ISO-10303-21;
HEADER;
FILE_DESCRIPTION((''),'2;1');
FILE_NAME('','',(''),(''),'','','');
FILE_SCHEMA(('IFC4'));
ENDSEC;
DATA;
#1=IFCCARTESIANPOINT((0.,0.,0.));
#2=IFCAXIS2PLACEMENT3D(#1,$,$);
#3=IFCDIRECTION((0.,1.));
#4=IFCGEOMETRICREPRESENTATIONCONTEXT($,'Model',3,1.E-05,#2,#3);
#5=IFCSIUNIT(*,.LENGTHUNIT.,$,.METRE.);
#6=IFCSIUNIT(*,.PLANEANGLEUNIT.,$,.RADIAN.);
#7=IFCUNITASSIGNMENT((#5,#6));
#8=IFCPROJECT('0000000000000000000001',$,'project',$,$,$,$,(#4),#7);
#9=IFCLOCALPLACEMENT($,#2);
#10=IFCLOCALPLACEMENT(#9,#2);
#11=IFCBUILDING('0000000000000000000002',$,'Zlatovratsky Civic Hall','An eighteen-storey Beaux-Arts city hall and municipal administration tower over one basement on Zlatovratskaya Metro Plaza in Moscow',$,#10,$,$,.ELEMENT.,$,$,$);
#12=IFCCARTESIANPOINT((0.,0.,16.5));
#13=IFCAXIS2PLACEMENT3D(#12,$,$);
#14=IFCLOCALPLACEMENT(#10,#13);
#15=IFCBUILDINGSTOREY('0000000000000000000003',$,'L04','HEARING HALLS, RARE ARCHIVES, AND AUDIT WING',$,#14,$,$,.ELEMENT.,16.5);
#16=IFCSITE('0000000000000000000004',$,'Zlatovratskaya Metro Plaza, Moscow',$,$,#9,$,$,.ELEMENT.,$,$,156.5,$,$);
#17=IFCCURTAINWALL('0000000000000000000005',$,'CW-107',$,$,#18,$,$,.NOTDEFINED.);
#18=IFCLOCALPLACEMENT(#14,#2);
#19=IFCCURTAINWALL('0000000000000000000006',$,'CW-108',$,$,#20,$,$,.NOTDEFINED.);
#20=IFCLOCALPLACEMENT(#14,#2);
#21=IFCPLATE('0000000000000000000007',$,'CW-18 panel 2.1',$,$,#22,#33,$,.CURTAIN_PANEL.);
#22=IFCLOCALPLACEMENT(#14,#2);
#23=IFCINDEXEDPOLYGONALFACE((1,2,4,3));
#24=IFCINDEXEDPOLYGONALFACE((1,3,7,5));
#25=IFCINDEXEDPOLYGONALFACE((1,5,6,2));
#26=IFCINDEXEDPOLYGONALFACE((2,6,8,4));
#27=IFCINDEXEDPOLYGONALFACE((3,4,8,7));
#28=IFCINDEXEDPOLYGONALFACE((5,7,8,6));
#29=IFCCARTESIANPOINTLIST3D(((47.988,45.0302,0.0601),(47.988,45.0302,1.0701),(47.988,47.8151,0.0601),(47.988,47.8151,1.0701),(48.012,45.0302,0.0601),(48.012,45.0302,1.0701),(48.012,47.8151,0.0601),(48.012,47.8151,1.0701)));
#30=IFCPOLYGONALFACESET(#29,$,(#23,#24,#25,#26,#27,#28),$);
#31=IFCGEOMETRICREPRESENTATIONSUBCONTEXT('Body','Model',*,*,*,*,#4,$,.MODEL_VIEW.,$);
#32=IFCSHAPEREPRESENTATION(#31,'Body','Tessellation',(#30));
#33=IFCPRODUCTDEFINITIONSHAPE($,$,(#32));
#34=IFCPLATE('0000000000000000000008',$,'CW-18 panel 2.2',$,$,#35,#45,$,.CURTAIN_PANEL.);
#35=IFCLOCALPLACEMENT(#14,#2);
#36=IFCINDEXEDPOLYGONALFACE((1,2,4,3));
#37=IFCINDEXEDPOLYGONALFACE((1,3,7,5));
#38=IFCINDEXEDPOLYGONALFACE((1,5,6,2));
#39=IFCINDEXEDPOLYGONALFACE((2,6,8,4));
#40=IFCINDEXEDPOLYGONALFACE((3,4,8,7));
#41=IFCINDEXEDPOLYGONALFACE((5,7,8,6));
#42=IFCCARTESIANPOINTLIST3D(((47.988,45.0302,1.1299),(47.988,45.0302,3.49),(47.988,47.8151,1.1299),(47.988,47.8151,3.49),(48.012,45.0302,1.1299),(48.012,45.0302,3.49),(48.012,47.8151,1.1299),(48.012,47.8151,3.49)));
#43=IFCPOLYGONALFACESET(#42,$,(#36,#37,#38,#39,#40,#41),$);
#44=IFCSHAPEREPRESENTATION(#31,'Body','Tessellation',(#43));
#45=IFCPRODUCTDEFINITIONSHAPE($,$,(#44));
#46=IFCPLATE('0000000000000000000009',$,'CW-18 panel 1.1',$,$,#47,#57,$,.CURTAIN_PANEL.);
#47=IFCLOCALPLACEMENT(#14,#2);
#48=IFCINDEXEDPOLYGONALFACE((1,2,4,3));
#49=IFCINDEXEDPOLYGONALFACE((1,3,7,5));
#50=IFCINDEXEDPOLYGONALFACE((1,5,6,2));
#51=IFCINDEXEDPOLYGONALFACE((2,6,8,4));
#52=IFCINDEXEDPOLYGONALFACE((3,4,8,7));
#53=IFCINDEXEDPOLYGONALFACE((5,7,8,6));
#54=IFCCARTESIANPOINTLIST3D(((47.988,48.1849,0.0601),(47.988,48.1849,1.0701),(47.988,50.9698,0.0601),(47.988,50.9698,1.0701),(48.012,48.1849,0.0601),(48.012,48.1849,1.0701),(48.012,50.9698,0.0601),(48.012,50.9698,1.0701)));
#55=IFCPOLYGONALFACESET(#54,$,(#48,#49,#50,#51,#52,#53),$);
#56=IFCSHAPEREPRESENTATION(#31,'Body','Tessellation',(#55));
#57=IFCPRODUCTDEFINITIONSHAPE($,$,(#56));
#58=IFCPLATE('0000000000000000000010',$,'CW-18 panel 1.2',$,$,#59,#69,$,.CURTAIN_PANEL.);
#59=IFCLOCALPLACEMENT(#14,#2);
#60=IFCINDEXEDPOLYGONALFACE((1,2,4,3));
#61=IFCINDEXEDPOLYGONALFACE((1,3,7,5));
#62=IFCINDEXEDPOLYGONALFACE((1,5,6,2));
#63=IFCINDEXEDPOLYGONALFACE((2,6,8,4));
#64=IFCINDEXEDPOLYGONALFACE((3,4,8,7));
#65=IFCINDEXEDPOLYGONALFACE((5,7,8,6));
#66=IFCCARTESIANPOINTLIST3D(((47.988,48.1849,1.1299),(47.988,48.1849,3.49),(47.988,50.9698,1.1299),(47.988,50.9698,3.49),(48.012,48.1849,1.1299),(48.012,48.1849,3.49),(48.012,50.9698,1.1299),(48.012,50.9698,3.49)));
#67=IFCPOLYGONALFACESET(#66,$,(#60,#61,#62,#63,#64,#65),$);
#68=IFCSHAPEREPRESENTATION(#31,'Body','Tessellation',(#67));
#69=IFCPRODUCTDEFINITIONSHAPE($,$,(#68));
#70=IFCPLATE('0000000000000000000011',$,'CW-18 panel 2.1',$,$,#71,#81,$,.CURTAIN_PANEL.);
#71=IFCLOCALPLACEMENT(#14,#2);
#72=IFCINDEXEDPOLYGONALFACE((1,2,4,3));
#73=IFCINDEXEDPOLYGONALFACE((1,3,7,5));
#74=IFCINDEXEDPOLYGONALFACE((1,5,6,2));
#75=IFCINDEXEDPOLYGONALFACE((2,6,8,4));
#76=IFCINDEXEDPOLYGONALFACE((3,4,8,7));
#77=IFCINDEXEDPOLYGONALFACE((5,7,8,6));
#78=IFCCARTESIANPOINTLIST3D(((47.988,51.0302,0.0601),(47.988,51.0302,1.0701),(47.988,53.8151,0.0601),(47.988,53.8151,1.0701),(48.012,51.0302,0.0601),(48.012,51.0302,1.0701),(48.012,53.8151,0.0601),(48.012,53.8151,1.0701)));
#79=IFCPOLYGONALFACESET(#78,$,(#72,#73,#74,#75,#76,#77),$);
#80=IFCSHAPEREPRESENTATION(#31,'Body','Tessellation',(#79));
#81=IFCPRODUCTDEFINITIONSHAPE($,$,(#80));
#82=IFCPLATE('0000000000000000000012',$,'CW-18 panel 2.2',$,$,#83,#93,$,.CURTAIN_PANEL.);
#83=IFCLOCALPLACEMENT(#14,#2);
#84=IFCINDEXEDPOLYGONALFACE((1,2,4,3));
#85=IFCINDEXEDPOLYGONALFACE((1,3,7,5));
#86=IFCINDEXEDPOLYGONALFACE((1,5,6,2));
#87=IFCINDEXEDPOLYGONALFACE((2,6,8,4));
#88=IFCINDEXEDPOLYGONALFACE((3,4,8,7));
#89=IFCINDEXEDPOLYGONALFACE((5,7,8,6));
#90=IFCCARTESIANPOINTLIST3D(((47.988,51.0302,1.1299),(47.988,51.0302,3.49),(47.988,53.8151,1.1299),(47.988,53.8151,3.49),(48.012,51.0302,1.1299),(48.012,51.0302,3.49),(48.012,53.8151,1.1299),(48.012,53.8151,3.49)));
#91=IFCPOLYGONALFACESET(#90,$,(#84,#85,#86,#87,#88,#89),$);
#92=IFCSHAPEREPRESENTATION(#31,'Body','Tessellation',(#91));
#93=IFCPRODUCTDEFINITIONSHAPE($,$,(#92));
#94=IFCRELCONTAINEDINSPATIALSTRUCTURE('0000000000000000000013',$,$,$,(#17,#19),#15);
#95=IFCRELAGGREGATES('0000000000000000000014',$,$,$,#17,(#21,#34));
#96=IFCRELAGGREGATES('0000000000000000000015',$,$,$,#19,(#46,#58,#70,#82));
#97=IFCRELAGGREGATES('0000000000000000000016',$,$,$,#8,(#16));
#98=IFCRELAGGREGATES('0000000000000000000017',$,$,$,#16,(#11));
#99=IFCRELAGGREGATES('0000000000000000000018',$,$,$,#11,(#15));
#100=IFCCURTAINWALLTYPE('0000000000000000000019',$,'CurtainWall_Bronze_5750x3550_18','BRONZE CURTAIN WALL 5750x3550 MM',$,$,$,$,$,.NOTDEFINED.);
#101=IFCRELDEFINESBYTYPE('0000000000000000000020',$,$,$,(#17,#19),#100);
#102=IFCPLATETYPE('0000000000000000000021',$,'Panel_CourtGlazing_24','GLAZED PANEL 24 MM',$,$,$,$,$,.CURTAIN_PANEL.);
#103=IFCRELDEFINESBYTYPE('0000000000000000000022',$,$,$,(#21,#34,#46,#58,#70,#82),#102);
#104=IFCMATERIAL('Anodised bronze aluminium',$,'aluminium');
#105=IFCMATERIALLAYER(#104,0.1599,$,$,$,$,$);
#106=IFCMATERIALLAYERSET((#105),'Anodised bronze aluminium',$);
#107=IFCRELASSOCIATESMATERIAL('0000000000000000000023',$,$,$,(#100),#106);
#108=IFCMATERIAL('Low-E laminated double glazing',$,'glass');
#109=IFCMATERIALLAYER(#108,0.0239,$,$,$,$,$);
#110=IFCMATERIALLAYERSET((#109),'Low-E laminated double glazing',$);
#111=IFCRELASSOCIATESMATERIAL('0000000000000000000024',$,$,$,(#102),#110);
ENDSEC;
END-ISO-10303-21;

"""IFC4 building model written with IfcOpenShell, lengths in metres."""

from ifc_helpers import new_model, si_unit, direction, frame, origin, origin_2d, place, context, subcontext, project, spatial, rectangle, extrude, material, layer, layer_set, type_object, element, aggregate, save


model = new_model("IFC4")

# Units and contexts
model_context = context("Model", 3, precision=1e-05, world=origin(), true_north=direction((0.0, 1.0)))
body_context = subcontext(model_context, "Body", "Model", "MODEL_VIEW")
ifc_project = project(units=[si_unit("LENGTHUNIT", "METRE"), si_unit("PLANEANGLEUNIT", "RADIAN")], contexts=[model_context])

# Site, building, storey
site_placement = place(None, origin())
site = spatial("IfcSite", under=ifc_project, at=site_placement, Name="Zlatovratskaya Metro Plaza, Moscow", CompositionType="ELEMENT", RefElevation=156.5)
building_placement = place(site_placement, origin())
building = spatial("IfcBuilding", under=site, at=building_placement, Name="Zlatovratsky Civic Hall", Description="An eighteen-storey Beaux-Arts city hall and municipal administration tower over one basement on Zlatovratskaya Metro Plaza in Moscow", CompositionType="ELEMENT")
storey_placement = place(building_placement, frame((0.0, 0.0, 16.5)))
storey = spatial("IfcBuildingStorey", under=building, at=storey_placement, Name="L04", Description="HEARING HALLS, RARE ARCHIVES, AND AUDIT WING", CompositionType="ELEMENT", Elevation=16.5)

# Curtain walls
ifc_material_1 = material(Name="Anodised bronze aluminium", Category="aluminium")
ifc_layer_1 = layer(ifc_material_1, 0.1599)
ifc_layer_set_1 = layer_set([ifc_layer_1], Name="Anodised bronze aluminium")
curtain_wall_type = type_object("IfcCurtainWallType", Name="CurtainWall_Bronze_5750x3550_18", Description="BRONZE CURTAIN WALL 5750x3550 MM", PredefinedType="NOTDEFINED", material=ifc_layer_set_1)
curtain_wall_1_placement = place(storey_placement, origin())
curtain_wall_1 = element("IfcCurtainWall", 1, at=curtain_wall_1_placement, inside=storey, type_object=curtain_wall_type, Name="CW-107", PredefinedType="NOTDEFINED")
curtain_wall_2_placement = place(storey_placement, origin())
curtain_wall_2 = element("IfcCurtainWall", 2, at=curtain_wall_2_placement, inside=storey, type_object=curtain_wall_type, Name="CW-108", PredefinedType="NOTDEFINED")

# Plates
ifc_material_2 = material(Name="Low-E laminated double glazing", Category="glass")
ifc_layer_2 = layer(ifc_material_2, 0.0239)
ifc_layer_set_2 = layer_set([ifc_layer_2], Name="Low-E laminated double glazing")
plate_type = type_object("IfcPlateType", Name="Panel_CourtGlazing_24", Description="GLAZED PANEL 24 MM", PredefinedType="CURTAIN_PANEL", material=ifc_layer_set_2)
plate_1_placement = place(storey_placement, frame((48.0, 46.4226, 0.0601), z_axis=(0.0, 0.0, 1.0), x_axis=(0.0, 1.0, 0.0)))
plate_1 = element("IfcPlate", 3, at=plate_1_placement, type_object=plate_type, Name="CW-18 panel 2.1", PredefinedType="CURTAIN_PANEL", context=body_context, shape_type="SweptSolid", body=[
    extrude(rectangle(XDim=2.7849, YDim=0.0239, at=origin_2d()), origin(), (0.0, 0.0, 1.0), 1.01),
])
plate_2_placement = place(storey_placement, frame((48.0, 46.4226, 1.1299), z_axis=(0.0, 0.0, 1.0), x_axis=(0.0, 1.0, 0.0)))
plate_2 = element("IfcPlate", 4, at=plate_2_placement, type_object=plate_type, Name="CW-18 panel 2.2", PredefinedType="CURTAIN_PANEL", context=body_context, shape_type="SweptSolid", body=[
    extrude(rectangle(XDim=2.7849, YDim=0.0239, at=origin_2d()), origin(), (0.0, 0.0, 1.0), 2.3601),
])
aggregate(curtain_wall_1, [plate_1, plate_2])
plate_3_placement = place(storey_placement, frame((48.0, 49.5774, 0.0601), z_axis=(0.0, 0.0, 1.0), x_axis=(0.0, 1.0, 0.0)))
plate_3 = element("IfcPlate", 5, at=plate_3_placement, type_object=plate_type, Name="CW-18 panel 1.1", PredefinedType="CURTAIN_PANEL", context=body_context, shape_type="SweptSolid", body=[
    extrude(rectangle(XDim=2.7849, YDim=0.0239, at=origin_2d()), origin(), (0.0, 0.0, 1.0), 1.01),
])
plate_4_placement = place(storey_placement, frame((48.0, 49.5774, 1.1299), z_axis=(0.0, 0.0, 1.0), x_axis=(0.0, 1.0, 0.0)))
plate_4 = element("IfcPlate", 6, at=plate_4_placement, type_object=plate_type, Name="CW-18 panel 1.2", PredefinedType="CURTAIN_PANEL", context=body_context, shape_type="SweptSolid", body=[
    extrude(rectangle(XDim=2.7849, YDim=0.0239, at=origin_2d()), origin(), (0.0, 0.0, 1.0), 2.3601),
])
plate_5_placement = place(storey_placement, frame((48.0, 52.4226, 0.0601), z_axis=(0.0, 0.0, 1.0), x_axis=(0.0, 1.0, 0.0)))
plate_5 = element("IfcPlate", 7, at=plate_5_placement, type_object=plate_type, Name="CW-18 panel 2.1", PredefinedType="CURTAIN_PANEL", context=body_context, shape_type="SweptSolid", body=[
    extrude(rectangle(XDim=2.7849, YDim=0.0239, at=origin_2d()), origin(), (0.0, 0.0, 1.0), 1.01),
])
plate_6_placement = place(storey_placement, frame((48.0, 52.4226, 1.1299), z_axis=(0.0, 0.0, 1.0), x_axis=(0.0, 1.0, 0.0)))
plate_6 = element("IfcPlate", 8, at=plate_6_placement, type_object=plate_type, Name="CW-18 panel 2.2", PredefinedType="CURTAIN_PANEL", context=body_context, shape_type="SweptSolid", body=[
    extrude(rectangle(XDim=2.7849, YDim=0.0239, at=origin_2d()), origin(), (0.0, 0.0, 1.0), 2.3601),
])
aggregate(curtain_wall_2, [plate_3, plate_4, plate_5, plate_6])

save(model, "model.ifc")
